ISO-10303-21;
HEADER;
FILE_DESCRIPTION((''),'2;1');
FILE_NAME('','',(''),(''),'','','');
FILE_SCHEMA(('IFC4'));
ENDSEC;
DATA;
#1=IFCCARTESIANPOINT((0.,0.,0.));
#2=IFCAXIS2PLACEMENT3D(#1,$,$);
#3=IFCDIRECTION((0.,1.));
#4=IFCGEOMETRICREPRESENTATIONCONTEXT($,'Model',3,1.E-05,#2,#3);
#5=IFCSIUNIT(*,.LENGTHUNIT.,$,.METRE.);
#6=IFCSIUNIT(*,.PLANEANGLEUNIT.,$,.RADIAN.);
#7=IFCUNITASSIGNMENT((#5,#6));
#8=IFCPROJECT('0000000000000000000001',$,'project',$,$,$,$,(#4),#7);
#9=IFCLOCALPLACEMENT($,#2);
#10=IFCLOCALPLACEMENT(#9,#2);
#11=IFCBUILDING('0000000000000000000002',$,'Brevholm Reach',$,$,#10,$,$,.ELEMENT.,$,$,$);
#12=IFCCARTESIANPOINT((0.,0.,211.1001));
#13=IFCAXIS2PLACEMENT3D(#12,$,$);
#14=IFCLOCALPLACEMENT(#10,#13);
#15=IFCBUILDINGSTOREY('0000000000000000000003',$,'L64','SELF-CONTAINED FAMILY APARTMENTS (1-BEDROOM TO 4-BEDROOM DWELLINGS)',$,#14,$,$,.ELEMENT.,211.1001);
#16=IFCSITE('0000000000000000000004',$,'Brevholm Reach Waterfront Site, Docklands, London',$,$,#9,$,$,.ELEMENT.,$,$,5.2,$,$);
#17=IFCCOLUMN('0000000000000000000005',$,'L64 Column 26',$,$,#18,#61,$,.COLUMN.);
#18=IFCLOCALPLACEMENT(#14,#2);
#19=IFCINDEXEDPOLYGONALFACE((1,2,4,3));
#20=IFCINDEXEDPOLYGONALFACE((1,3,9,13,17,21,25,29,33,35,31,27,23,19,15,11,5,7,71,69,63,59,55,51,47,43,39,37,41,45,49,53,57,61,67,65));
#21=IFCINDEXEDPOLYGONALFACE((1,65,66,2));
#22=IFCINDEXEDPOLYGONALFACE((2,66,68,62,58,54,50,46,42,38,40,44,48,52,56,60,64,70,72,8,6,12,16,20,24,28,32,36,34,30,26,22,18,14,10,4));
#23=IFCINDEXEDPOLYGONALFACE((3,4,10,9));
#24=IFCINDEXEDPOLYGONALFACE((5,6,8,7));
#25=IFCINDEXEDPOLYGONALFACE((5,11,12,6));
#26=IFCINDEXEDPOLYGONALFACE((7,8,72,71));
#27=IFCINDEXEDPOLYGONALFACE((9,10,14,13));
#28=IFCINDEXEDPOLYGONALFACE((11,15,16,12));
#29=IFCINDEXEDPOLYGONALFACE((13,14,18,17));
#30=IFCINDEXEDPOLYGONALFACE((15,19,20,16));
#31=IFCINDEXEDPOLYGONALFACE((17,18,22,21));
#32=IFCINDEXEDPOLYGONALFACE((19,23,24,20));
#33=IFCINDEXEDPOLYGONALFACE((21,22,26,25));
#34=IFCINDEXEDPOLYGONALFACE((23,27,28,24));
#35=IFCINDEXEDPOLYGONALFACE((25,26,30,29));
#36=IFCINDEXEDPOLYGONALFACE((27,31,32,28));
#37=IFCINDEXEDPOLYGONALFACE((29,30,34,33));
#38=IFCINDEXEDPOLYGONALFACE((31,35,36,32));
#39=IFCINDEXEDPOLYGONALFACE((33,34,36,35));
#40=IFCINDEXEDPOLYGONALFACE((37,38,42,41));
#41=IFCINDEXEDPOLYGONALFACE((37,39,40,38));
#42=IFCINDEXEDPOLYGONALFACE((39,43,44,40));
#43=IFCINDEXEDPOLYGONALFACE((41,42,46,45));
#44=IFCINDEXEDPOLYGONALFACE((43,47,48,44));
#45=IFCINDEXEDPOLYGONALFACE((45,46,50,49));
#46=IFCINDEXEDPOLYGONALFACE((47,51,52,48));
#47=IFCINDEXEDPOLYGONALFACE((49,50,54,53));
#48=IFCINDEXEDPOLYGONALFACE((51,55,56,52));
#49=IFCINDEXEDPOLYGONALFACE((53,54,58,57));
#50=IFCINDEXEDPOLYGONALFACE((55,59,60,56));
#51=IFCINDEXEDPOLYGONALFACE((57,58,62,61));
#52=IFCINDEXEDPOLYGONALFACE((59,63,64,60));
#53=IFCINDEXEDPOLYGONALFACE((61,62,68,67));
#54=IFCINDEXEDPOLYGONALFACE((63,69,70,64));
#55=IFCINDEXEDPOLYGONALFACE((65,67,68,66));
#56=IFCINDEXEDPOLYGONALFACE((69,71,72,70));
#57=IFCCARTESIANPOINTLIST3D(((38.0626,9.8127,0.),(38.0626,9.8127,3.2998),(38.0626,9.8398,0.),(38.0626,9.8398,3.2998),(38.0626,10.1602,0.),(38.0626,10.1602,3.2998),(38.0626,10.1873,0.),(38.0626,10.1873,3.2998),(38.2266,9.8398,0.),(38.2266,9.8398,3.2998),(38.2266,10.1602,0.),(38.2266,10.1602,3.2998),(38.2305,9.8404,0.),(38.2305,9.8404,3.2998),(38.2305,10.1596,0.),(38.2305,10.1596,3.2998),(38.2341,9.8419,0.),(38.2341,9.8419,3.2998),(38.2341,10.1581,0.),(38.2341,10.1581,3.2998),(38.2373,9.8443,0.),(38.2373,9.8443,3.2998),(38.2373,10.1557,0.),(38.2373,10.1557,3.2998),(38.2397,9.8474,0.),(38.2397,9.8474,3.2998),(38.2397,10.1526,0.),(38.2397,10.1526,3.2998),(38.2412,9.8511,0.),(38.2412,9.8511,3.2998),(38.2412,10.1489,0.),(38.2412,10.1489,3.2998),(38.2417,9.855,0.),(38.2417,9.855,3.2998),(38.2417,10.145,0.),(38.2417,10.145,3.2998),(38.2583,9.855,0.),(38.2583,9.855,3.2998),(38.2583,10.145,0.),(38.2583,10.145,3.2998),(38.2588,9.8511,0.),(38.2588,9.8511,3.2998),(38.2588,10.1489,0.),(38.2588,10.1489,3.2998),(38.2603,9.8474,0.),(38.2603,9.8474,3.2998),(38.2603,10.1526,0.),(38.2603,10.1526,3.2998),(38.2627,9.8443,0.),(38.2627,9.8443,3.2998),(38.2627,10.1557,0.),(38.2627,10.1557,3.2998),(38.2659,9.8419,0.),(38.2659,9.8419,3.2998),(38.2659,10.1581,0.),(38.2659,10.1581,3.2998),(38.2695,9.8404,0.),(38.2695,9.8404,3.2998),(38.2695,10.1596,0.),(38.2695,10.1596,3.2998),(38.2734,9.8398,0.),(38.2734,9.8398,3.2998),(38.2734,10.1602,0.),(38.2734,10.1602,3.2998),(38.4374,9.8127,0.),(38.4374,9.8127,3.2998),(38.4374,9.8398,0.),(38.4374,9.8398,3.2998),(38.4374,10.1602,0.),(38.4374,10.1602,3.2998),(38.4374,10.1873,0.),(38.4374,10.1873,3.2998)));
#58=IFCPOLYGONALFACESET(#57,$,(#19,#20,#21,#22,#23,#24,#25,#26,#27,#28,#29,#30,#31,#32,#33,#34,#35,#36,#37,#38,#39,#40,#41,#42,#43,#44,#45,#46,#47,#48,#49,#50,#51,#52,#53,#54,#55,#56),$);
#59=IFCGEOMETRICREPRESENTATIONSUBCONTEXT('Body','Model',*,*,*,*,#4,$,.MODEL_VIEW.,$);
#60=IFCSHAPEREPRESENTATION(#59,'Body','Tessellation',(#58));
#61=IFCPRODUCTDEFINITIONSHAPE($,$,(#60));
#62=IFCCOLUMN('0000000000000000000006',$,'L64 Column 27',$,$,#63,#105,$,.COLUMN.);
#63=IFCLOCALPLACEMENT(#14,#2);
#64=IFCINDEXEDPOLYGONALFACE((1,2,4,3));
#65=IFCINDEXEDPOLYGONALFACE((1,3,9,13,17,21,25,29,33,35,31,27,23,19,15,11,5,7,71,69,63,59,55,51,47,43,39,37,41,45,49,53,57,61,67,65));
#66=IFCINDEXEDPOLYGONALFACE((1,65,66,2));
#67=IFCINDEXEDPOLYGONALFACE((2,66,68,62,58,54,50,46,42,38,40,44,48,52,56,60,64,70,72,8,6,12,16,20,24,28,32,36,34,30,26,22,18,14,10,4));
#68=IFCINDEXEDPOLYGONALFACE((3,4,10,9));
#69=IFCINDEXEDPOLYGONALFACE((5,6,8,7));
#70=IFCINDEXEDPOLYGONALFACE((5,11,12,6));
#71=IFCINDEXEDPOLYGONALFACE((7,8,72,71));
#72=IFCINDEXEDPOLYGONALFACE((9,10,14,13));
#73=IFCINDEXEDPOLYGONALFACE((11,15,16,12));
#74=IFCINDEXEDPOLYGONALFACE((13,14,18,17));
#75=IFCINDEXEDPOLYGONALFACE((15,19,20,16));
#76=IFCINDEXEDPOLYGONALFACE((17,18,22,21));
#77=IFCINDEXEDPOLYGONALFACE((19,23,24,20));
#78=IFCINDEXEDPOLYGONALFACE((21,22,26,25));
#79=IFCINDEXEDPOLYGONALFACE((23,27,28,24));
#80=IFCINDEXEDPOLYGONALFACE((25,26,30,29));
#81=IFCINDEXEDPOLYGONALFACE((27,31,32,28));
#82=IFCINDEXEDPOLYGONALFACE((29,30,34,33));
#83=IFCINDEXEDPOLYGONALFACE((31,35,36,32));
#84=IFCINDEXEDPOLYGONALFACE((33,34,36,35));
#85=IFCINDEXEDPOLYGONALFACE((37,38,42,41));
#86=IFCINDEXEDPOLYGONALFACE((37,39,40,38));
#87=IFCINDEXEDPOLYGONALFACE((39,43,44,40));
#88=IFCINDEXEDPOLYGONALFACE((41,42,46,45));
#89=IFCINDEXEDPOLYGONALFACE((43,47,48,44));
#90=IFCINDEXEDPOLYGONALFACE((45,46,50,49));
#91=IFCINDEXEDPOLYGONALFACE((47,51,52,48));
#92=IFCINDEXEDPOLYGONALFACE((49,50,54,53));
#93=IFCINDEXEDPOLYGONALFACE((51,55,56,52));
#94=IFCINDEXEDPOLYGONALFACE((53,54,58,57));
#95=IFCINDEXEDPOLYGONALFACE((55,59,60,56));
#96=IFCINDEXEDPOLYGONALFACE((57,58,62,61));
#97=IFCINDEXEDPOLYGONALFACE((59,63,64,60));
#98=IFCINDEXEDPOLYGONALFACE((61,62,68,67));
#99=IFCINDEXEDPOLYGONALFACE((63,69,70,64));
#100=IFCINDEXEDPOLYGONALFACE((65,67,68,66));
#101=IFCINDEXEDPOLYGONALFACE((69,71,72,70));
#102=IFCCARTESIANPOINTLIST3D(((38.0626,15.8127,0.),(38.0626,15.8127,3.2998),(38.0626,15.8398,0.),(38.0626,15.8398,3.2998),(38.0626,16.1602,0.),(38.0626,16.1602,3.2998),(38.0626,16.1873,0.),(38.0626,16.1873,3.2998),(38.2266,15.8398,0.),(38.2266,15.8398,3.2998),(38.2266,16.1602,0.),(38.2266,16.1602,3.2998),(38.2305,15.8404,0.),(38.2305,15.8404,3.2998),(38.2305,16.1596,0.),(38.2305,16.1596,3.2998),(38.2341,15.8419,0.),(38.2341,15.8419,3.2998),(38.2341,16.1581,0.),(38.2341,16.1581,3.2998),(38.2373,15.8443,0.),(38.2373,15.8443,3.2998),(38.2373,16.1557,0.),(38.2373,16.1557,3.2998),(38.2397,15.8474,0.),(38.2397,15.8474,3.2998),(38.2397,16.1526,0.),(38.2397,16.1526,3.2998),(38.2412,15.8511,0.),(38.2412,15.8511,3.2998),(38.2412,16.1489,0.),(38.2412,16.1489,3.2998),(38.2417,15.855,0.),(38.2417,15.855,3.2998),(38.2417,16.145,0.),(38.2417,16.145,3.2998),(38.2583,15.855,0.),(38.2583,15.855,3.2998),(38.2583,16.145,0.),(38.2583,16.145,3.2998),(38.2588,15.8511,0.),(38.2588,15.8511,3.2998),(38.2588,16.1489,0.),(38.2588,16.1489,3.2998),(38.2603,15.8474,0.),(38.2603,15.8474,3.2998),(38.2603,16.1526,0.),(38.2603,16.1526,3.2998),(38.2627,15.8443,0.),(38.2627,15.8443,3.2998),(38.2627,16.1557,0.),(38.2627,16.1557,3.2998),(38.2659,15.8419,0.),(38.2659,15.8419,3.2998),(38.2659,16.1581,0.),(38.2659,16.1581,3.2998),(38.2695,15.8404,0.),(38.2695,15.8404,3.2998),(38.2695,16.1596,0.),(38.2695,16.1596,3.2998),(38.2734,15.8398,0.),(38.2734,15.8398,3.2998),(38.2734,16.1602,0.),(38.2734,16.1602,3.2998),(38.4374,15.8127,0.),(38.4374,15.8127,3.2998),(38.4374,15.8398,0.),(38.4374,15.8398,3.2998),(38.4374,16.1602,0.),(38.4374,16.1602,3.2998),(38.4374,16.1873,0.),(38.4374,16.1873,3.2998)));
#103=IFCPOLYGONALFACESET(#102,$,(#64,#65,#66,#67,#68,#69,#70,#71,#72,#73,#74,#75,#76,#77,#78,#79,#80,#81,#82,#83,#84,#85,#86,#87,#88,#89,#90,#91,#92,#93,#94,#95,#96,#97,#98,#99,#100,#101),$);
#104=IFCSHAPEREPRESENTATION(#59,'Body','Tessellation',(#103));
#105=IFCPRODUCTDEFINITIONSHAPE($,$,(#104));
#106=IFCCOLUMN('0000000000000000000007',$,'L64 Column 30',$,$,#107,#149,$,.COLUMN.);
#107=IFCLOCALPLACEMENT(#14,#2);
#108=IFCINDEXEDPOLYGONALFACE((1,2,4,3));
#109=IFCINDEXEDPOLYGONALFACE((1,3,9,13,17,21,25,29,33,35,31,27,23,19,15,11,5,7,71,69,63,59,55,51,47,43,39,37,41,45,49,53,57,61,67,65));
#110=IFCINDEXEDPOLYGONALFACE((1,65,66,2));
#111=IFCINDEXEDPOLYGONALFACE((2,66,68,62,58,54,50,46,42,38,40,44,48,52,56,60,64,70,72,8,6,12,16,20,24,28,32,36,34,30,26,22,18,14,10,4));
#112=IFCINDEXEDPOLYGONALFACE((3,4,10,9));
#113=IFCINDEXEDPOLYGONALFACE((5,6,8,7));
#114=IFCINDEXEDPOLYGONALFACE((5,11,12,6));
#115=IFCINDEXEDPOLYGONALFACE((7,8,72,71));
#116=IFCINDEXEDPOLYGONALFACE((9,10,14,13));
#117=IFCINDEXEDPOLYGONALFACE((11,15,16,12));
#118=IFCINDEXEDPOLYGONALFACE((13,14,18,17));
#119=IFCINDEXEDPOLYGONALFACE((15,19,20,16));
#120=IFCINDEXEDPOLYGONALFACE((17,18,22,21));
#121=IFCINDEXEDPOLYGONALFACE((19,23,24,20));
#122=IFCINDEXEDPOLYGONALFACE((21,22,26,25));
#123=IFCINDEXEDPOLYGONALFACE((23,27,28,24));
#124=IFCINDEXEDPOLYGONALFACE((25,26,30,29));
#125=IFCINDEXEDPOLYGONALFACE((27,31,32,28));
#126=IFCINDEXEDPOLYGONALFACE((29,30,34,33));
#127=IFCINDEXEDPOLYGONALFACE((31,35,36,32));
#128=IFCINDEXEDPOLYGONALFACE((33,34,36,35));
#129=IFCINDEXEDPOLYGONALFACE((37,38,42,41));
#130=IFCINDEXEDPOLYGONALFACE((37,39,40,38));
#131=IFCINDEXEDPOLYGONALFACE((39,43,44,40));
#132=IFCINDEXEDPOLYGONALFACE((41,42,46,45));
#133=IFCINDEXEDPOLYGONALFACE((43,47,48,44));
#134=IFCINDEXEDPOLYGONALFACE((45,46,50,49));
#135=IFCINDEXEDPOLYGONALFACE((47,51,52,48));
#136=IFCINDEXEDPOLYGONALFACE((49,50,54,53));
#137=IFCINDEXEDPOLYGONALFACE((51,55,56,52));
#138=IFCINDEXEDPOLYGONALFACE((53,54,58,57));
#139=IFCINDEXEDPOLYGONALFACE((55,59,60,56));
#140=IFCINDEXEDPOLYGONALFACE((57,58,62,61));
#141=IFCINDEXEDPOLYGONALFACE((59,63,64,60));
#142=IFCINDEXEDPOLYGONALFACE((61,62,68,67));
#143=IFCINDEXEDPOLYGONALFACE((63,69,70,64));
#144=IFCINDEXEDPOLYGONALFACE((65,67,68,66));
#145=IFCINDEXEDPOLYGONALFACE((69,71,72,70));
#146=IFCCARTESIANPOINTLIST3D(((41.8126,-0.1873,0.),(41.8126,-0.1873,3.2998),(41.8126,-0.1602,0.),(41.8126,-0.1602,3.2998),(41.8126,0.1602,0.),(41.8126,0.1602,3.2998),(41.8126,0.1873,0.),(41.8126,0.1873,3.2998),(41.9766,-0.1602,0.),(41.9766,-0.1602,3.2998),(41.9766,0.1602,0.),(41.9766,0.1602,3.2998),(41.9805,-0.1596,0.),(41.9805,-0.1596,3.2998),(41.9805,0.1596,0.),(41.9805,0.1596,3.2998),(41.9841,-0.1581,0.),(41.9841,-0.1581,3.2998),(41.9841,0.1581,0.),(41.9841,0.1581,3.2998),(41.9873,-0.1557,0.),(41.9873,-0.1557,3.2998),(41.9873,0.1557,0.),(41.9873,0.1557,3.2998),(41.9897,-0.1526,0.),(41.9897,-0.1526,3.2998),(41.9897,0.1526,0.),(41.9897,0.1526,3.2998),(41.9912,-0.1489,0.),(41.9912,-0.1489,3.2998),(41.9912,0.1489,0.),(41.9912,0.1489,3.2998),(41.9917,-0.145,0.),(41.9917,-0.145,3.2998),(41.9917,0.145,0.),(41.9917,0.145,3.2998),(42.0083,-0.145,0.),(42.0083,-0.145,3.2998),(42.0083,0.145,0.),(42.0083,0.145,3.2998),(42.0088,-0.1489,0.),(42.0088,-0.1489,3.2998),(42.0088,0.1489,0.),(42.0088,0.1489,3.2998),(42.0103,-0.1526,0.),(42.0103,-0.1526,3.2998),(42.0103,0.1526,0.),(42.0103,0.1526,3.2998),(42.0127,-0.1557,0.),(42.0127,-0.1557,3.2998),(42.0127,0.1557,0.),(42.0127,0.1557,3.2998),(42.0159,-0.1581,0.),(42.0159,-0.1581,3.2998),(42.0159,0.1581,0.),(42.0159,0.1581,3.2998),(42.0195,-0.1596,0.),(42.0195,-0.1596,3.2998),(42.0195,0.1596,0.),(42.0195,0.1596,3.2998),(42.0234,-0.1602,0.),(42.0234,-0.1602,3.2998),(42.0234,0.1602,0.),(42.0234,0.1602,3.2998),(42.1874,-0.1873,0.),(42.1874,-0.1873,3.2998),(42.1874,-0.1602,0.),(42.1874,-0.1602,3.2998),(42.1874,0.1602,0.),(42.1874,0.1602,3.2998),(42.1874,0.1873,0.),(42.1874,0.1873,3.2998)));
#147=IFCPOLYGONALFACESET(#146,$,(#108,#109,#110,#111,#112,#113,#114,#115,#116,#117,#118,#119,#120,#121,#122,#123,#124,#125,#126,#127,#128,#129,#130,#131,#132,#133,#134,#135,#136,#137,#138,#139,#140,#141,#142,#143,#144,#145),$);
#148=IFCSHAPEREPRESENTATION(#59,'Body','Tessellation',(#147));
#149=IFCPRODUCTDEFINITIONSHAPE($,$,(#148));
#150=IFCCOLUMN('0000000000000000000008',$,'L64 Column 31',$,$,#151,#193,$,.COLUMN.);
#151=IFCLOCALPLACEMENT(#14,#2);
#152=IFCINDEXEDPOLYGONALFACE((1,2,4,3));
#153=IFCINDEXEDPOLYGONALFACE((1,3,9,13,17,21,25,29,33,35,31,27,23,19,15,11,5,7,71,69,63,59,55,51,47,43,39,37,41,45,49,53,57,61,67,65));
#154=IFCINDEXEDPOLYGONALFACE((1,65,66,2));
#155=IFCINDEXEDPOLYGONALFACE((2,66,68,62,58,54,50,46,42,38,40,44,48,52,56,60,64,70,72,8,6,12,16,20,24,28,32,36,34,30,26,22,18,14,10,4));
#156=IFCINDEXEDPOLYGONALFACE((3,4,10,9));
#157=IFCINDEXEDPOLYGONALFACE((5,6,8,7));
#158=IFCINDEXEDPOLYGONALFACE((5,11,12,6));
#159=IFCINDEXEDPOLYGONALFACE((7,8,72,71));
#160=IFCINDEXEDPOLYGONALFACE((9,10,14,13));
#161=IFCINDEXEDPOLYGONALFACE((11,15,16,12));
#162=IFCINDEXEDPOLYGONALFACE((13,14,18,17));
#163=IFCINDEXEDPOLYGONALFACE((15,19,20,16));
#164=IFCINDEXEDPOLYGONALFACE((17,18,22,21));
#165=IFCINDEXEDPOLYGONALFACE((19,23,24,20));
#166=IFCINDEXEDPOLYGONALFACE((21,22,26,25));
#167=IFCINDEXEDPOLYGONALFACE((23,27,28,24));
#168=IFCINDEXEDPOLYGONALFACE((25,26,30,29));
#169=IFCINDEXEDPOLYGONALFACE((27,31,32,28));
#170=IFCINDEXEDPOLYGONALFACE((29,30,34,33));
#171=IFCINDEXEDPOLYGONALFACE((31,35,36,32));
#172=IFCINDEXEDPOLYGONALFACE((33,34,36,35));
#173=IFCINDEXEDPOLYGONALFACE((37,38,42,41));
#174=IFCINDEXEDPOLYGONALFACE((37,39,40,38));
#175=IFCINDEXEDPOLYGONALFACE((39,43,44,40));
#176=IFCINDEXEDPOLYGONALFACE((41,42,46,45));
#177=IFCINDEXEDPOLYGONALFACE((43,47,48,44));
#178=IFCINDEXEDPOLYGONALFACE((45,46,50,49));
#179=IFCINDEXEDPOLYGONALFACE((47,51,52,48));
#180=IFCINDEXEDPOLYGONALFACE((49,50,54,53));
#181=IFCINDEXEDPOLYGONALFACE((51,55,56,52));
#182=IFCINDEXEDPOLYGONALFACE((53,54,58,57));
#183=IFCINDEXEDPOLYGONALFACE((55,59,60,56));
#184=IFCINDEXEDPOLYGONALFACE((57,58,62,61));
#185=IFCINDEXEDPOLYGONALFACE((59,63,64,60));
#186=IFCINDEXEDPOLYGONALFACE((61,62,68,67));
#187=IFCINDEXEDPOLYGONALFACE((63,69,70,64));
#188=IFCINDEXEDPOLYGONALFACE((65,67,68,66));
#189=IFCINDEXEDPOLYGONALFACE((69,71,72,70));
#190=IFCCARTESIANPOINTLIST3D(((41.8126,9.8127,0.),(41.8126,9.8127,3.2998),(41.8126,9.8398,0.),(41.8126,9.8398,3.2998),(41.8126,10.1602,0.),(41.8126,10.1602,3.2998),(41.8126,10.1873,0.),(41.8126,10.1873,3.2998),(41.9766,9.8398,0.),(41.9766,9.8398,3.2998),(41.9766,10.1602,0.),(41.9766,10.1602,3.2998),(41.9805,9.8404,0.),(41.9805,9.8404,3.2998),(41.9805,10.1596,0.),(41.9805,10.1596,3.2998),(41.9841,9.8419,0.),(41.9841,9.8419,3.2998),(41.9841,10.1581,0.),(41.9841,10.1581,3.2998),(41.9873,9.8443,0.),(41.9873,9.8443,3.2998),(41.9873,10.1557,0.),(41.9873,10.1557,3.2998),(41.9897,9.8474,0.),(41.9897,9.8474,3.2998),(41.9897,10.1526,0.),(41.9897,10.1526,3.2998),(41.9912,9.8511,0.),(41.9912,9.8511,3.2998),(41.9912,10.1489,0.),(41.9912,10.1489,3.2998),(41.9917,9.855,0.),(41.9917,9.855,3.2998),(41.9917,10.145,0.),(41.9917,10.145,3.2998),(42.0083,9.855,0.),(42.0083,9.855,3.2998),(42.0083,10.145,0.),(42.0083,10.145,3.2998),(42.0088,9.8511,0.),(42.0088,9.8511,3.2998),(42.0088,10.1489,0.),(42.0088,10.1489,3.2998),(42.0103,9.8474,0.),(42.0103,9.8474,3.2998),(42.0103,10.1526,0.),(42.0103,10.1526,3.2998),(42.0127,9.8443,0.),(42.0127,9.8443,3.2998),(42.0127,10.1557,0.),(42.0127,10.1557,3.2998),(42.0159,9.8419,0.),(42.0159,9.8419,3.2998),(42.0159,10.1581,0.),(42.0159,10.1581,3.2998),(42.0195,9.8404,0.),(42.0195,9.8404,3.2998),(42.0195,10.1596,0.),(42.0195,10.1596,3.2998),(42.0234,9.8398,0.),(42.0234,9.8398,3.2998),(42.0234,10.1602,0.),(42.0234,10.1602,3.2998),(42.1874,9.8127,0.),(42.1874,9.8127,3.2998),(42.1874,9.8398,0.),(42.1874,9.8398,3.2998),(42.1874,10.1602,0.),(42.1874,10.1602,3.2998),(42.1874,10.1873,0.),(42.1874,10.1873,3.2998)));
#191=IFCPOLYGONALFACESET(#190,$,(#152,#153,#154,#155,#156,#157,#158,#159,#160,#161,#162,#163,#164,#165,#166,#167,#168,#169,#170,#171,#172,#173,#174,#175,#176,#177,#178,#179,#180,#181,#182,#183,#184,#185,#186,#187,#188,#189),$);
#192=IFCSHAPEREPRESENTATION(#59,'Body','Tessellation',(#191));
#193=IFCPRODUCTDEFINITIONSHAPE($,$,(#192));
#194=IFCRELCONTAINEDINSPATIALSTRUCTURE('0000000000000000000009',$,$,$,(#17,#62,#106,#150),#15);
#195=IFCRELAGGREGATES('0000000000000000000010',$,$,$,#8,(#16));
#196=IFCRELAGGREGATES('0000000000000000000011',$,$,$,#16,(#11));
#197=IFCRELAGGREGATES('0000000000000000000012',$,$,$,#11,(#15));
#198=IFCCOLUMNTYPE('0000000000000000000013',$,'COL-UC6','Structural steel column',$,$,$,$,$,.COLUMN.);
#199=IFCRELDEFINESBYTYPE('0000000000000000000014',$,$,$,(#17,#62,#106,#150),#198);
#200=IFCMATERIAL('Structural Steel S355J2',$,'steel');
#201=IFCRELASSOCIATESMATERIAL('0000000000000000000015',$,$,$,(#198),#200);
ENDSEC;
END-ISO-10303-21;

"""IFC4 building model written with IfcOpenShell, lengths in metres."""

from ifc_helpers import new_model, si_unit, direction, frame, origin, origin_2d, place, context, subcontext, project, spatial, i_section, extrude, material, material_profile, profile_set, type_object, element, save


model = new_model("IFC4")

# Units and contexts
model_context = context("Model", 3, precision=1e-05, world=origin(), true_north=direction((0.0, 1.0)))
body_context = subcontext(model_context, "Body", "Model", "MODEL_VIEW")
ifc_project = project(units=[si_unit("LENGTHUNIT", "METRE"), si_unit("PLANEANGLEUNIT", "RADIAN")], contexts=[model_context])

# Site, building, storey
site_placement = place(None, origin())
site = spatial("IfcSite", under=ifc_project, at=site_placement, Name="Brevholm Reach Waterfront Site, Docklands, London", CompositionType="ELEMENT", RefElevation=5.2)
building_placement = place(site_placement, origin())
building = spatial("IfcBuilding", under=site, at=building_placement, Name="Brevholm Reach", CompositionType="ELEMENT")
storey_placement = place(building_placement, frame((0.0, 0.0, 211.1001)))
storey = spatial("IfcBuildingStorey", under=building, at=storey_placement, Name="L64", Description="SELF-CONTAINED FAMILY APARTMENTS (1-BEDROOM TO 4-BEDROOM DWELLINGS)", CompositionType="ELEMENT", Elevation=211.1001)

# Columns
ifc_material_1 = material(Name="Structural Steel S355J2", Category="steel")
ifc_material_profile_1 = material_profile(ifc_material_1, i_section(OverallWidth=0.3748, OverallDepth=0.3745, WebThickness=0.0166, FlangeThickness=0.0271, FilletRadius=0.0151, at=origin_2d()), Name="UKC 356x368x202")
ifc_profile_set_1 = profile_set([ifc_material_profile_1], Name="Structural Steel S355J2")
column_type = type_object("IfcColumnType", Name="COL-UC6", Description="Structural steel column", PredefinedType="COLUMN", material=ifc_profile_set_1)
for number, where, z_axis, x_axis, name in (
    (1, (38.25, 10.0, 0.0), (0.0, 0.0, 1.0), (1.0, 0.0, 0.0), "L64 Column 26"),
    (2, (38.25, 16.0, 0.0), (0.0, 0.0, 1.0), (1.0, 0.0, 0.0), "L64 Column 27"),
    (3, (42.0, 0.0, 0.0), (0.0, 0.0, 1.0), (1.0, 0.0, 0.0), "L64 Column 30"),
    (4, (42.0, 10.0, 0.0), (0.0, 0.0, 1.0), (1.0, 0.0, 0.0), "L64 Column 31"),
):
    element("IfcColumn", number, at=place(storey_placement, frame(where, z_axis=z_axis, x_axis=x_axis)), inside=storey, type_object=column_type, Name=name, PredefinedType="COLUMN", context=body_context, shape_type="SweptSolid", body=[
        extrude(i_section(OverallWidth=0.3748, OverallDepth=0.3745, WebThickness=0.0166, FlangeThickness=0.0271, FilletRadius=0.0151, at=origin_2d()), origin(), (0.0, 0.0, 1.0), 3.2998),
    ])

save(model, "model.ifc")
